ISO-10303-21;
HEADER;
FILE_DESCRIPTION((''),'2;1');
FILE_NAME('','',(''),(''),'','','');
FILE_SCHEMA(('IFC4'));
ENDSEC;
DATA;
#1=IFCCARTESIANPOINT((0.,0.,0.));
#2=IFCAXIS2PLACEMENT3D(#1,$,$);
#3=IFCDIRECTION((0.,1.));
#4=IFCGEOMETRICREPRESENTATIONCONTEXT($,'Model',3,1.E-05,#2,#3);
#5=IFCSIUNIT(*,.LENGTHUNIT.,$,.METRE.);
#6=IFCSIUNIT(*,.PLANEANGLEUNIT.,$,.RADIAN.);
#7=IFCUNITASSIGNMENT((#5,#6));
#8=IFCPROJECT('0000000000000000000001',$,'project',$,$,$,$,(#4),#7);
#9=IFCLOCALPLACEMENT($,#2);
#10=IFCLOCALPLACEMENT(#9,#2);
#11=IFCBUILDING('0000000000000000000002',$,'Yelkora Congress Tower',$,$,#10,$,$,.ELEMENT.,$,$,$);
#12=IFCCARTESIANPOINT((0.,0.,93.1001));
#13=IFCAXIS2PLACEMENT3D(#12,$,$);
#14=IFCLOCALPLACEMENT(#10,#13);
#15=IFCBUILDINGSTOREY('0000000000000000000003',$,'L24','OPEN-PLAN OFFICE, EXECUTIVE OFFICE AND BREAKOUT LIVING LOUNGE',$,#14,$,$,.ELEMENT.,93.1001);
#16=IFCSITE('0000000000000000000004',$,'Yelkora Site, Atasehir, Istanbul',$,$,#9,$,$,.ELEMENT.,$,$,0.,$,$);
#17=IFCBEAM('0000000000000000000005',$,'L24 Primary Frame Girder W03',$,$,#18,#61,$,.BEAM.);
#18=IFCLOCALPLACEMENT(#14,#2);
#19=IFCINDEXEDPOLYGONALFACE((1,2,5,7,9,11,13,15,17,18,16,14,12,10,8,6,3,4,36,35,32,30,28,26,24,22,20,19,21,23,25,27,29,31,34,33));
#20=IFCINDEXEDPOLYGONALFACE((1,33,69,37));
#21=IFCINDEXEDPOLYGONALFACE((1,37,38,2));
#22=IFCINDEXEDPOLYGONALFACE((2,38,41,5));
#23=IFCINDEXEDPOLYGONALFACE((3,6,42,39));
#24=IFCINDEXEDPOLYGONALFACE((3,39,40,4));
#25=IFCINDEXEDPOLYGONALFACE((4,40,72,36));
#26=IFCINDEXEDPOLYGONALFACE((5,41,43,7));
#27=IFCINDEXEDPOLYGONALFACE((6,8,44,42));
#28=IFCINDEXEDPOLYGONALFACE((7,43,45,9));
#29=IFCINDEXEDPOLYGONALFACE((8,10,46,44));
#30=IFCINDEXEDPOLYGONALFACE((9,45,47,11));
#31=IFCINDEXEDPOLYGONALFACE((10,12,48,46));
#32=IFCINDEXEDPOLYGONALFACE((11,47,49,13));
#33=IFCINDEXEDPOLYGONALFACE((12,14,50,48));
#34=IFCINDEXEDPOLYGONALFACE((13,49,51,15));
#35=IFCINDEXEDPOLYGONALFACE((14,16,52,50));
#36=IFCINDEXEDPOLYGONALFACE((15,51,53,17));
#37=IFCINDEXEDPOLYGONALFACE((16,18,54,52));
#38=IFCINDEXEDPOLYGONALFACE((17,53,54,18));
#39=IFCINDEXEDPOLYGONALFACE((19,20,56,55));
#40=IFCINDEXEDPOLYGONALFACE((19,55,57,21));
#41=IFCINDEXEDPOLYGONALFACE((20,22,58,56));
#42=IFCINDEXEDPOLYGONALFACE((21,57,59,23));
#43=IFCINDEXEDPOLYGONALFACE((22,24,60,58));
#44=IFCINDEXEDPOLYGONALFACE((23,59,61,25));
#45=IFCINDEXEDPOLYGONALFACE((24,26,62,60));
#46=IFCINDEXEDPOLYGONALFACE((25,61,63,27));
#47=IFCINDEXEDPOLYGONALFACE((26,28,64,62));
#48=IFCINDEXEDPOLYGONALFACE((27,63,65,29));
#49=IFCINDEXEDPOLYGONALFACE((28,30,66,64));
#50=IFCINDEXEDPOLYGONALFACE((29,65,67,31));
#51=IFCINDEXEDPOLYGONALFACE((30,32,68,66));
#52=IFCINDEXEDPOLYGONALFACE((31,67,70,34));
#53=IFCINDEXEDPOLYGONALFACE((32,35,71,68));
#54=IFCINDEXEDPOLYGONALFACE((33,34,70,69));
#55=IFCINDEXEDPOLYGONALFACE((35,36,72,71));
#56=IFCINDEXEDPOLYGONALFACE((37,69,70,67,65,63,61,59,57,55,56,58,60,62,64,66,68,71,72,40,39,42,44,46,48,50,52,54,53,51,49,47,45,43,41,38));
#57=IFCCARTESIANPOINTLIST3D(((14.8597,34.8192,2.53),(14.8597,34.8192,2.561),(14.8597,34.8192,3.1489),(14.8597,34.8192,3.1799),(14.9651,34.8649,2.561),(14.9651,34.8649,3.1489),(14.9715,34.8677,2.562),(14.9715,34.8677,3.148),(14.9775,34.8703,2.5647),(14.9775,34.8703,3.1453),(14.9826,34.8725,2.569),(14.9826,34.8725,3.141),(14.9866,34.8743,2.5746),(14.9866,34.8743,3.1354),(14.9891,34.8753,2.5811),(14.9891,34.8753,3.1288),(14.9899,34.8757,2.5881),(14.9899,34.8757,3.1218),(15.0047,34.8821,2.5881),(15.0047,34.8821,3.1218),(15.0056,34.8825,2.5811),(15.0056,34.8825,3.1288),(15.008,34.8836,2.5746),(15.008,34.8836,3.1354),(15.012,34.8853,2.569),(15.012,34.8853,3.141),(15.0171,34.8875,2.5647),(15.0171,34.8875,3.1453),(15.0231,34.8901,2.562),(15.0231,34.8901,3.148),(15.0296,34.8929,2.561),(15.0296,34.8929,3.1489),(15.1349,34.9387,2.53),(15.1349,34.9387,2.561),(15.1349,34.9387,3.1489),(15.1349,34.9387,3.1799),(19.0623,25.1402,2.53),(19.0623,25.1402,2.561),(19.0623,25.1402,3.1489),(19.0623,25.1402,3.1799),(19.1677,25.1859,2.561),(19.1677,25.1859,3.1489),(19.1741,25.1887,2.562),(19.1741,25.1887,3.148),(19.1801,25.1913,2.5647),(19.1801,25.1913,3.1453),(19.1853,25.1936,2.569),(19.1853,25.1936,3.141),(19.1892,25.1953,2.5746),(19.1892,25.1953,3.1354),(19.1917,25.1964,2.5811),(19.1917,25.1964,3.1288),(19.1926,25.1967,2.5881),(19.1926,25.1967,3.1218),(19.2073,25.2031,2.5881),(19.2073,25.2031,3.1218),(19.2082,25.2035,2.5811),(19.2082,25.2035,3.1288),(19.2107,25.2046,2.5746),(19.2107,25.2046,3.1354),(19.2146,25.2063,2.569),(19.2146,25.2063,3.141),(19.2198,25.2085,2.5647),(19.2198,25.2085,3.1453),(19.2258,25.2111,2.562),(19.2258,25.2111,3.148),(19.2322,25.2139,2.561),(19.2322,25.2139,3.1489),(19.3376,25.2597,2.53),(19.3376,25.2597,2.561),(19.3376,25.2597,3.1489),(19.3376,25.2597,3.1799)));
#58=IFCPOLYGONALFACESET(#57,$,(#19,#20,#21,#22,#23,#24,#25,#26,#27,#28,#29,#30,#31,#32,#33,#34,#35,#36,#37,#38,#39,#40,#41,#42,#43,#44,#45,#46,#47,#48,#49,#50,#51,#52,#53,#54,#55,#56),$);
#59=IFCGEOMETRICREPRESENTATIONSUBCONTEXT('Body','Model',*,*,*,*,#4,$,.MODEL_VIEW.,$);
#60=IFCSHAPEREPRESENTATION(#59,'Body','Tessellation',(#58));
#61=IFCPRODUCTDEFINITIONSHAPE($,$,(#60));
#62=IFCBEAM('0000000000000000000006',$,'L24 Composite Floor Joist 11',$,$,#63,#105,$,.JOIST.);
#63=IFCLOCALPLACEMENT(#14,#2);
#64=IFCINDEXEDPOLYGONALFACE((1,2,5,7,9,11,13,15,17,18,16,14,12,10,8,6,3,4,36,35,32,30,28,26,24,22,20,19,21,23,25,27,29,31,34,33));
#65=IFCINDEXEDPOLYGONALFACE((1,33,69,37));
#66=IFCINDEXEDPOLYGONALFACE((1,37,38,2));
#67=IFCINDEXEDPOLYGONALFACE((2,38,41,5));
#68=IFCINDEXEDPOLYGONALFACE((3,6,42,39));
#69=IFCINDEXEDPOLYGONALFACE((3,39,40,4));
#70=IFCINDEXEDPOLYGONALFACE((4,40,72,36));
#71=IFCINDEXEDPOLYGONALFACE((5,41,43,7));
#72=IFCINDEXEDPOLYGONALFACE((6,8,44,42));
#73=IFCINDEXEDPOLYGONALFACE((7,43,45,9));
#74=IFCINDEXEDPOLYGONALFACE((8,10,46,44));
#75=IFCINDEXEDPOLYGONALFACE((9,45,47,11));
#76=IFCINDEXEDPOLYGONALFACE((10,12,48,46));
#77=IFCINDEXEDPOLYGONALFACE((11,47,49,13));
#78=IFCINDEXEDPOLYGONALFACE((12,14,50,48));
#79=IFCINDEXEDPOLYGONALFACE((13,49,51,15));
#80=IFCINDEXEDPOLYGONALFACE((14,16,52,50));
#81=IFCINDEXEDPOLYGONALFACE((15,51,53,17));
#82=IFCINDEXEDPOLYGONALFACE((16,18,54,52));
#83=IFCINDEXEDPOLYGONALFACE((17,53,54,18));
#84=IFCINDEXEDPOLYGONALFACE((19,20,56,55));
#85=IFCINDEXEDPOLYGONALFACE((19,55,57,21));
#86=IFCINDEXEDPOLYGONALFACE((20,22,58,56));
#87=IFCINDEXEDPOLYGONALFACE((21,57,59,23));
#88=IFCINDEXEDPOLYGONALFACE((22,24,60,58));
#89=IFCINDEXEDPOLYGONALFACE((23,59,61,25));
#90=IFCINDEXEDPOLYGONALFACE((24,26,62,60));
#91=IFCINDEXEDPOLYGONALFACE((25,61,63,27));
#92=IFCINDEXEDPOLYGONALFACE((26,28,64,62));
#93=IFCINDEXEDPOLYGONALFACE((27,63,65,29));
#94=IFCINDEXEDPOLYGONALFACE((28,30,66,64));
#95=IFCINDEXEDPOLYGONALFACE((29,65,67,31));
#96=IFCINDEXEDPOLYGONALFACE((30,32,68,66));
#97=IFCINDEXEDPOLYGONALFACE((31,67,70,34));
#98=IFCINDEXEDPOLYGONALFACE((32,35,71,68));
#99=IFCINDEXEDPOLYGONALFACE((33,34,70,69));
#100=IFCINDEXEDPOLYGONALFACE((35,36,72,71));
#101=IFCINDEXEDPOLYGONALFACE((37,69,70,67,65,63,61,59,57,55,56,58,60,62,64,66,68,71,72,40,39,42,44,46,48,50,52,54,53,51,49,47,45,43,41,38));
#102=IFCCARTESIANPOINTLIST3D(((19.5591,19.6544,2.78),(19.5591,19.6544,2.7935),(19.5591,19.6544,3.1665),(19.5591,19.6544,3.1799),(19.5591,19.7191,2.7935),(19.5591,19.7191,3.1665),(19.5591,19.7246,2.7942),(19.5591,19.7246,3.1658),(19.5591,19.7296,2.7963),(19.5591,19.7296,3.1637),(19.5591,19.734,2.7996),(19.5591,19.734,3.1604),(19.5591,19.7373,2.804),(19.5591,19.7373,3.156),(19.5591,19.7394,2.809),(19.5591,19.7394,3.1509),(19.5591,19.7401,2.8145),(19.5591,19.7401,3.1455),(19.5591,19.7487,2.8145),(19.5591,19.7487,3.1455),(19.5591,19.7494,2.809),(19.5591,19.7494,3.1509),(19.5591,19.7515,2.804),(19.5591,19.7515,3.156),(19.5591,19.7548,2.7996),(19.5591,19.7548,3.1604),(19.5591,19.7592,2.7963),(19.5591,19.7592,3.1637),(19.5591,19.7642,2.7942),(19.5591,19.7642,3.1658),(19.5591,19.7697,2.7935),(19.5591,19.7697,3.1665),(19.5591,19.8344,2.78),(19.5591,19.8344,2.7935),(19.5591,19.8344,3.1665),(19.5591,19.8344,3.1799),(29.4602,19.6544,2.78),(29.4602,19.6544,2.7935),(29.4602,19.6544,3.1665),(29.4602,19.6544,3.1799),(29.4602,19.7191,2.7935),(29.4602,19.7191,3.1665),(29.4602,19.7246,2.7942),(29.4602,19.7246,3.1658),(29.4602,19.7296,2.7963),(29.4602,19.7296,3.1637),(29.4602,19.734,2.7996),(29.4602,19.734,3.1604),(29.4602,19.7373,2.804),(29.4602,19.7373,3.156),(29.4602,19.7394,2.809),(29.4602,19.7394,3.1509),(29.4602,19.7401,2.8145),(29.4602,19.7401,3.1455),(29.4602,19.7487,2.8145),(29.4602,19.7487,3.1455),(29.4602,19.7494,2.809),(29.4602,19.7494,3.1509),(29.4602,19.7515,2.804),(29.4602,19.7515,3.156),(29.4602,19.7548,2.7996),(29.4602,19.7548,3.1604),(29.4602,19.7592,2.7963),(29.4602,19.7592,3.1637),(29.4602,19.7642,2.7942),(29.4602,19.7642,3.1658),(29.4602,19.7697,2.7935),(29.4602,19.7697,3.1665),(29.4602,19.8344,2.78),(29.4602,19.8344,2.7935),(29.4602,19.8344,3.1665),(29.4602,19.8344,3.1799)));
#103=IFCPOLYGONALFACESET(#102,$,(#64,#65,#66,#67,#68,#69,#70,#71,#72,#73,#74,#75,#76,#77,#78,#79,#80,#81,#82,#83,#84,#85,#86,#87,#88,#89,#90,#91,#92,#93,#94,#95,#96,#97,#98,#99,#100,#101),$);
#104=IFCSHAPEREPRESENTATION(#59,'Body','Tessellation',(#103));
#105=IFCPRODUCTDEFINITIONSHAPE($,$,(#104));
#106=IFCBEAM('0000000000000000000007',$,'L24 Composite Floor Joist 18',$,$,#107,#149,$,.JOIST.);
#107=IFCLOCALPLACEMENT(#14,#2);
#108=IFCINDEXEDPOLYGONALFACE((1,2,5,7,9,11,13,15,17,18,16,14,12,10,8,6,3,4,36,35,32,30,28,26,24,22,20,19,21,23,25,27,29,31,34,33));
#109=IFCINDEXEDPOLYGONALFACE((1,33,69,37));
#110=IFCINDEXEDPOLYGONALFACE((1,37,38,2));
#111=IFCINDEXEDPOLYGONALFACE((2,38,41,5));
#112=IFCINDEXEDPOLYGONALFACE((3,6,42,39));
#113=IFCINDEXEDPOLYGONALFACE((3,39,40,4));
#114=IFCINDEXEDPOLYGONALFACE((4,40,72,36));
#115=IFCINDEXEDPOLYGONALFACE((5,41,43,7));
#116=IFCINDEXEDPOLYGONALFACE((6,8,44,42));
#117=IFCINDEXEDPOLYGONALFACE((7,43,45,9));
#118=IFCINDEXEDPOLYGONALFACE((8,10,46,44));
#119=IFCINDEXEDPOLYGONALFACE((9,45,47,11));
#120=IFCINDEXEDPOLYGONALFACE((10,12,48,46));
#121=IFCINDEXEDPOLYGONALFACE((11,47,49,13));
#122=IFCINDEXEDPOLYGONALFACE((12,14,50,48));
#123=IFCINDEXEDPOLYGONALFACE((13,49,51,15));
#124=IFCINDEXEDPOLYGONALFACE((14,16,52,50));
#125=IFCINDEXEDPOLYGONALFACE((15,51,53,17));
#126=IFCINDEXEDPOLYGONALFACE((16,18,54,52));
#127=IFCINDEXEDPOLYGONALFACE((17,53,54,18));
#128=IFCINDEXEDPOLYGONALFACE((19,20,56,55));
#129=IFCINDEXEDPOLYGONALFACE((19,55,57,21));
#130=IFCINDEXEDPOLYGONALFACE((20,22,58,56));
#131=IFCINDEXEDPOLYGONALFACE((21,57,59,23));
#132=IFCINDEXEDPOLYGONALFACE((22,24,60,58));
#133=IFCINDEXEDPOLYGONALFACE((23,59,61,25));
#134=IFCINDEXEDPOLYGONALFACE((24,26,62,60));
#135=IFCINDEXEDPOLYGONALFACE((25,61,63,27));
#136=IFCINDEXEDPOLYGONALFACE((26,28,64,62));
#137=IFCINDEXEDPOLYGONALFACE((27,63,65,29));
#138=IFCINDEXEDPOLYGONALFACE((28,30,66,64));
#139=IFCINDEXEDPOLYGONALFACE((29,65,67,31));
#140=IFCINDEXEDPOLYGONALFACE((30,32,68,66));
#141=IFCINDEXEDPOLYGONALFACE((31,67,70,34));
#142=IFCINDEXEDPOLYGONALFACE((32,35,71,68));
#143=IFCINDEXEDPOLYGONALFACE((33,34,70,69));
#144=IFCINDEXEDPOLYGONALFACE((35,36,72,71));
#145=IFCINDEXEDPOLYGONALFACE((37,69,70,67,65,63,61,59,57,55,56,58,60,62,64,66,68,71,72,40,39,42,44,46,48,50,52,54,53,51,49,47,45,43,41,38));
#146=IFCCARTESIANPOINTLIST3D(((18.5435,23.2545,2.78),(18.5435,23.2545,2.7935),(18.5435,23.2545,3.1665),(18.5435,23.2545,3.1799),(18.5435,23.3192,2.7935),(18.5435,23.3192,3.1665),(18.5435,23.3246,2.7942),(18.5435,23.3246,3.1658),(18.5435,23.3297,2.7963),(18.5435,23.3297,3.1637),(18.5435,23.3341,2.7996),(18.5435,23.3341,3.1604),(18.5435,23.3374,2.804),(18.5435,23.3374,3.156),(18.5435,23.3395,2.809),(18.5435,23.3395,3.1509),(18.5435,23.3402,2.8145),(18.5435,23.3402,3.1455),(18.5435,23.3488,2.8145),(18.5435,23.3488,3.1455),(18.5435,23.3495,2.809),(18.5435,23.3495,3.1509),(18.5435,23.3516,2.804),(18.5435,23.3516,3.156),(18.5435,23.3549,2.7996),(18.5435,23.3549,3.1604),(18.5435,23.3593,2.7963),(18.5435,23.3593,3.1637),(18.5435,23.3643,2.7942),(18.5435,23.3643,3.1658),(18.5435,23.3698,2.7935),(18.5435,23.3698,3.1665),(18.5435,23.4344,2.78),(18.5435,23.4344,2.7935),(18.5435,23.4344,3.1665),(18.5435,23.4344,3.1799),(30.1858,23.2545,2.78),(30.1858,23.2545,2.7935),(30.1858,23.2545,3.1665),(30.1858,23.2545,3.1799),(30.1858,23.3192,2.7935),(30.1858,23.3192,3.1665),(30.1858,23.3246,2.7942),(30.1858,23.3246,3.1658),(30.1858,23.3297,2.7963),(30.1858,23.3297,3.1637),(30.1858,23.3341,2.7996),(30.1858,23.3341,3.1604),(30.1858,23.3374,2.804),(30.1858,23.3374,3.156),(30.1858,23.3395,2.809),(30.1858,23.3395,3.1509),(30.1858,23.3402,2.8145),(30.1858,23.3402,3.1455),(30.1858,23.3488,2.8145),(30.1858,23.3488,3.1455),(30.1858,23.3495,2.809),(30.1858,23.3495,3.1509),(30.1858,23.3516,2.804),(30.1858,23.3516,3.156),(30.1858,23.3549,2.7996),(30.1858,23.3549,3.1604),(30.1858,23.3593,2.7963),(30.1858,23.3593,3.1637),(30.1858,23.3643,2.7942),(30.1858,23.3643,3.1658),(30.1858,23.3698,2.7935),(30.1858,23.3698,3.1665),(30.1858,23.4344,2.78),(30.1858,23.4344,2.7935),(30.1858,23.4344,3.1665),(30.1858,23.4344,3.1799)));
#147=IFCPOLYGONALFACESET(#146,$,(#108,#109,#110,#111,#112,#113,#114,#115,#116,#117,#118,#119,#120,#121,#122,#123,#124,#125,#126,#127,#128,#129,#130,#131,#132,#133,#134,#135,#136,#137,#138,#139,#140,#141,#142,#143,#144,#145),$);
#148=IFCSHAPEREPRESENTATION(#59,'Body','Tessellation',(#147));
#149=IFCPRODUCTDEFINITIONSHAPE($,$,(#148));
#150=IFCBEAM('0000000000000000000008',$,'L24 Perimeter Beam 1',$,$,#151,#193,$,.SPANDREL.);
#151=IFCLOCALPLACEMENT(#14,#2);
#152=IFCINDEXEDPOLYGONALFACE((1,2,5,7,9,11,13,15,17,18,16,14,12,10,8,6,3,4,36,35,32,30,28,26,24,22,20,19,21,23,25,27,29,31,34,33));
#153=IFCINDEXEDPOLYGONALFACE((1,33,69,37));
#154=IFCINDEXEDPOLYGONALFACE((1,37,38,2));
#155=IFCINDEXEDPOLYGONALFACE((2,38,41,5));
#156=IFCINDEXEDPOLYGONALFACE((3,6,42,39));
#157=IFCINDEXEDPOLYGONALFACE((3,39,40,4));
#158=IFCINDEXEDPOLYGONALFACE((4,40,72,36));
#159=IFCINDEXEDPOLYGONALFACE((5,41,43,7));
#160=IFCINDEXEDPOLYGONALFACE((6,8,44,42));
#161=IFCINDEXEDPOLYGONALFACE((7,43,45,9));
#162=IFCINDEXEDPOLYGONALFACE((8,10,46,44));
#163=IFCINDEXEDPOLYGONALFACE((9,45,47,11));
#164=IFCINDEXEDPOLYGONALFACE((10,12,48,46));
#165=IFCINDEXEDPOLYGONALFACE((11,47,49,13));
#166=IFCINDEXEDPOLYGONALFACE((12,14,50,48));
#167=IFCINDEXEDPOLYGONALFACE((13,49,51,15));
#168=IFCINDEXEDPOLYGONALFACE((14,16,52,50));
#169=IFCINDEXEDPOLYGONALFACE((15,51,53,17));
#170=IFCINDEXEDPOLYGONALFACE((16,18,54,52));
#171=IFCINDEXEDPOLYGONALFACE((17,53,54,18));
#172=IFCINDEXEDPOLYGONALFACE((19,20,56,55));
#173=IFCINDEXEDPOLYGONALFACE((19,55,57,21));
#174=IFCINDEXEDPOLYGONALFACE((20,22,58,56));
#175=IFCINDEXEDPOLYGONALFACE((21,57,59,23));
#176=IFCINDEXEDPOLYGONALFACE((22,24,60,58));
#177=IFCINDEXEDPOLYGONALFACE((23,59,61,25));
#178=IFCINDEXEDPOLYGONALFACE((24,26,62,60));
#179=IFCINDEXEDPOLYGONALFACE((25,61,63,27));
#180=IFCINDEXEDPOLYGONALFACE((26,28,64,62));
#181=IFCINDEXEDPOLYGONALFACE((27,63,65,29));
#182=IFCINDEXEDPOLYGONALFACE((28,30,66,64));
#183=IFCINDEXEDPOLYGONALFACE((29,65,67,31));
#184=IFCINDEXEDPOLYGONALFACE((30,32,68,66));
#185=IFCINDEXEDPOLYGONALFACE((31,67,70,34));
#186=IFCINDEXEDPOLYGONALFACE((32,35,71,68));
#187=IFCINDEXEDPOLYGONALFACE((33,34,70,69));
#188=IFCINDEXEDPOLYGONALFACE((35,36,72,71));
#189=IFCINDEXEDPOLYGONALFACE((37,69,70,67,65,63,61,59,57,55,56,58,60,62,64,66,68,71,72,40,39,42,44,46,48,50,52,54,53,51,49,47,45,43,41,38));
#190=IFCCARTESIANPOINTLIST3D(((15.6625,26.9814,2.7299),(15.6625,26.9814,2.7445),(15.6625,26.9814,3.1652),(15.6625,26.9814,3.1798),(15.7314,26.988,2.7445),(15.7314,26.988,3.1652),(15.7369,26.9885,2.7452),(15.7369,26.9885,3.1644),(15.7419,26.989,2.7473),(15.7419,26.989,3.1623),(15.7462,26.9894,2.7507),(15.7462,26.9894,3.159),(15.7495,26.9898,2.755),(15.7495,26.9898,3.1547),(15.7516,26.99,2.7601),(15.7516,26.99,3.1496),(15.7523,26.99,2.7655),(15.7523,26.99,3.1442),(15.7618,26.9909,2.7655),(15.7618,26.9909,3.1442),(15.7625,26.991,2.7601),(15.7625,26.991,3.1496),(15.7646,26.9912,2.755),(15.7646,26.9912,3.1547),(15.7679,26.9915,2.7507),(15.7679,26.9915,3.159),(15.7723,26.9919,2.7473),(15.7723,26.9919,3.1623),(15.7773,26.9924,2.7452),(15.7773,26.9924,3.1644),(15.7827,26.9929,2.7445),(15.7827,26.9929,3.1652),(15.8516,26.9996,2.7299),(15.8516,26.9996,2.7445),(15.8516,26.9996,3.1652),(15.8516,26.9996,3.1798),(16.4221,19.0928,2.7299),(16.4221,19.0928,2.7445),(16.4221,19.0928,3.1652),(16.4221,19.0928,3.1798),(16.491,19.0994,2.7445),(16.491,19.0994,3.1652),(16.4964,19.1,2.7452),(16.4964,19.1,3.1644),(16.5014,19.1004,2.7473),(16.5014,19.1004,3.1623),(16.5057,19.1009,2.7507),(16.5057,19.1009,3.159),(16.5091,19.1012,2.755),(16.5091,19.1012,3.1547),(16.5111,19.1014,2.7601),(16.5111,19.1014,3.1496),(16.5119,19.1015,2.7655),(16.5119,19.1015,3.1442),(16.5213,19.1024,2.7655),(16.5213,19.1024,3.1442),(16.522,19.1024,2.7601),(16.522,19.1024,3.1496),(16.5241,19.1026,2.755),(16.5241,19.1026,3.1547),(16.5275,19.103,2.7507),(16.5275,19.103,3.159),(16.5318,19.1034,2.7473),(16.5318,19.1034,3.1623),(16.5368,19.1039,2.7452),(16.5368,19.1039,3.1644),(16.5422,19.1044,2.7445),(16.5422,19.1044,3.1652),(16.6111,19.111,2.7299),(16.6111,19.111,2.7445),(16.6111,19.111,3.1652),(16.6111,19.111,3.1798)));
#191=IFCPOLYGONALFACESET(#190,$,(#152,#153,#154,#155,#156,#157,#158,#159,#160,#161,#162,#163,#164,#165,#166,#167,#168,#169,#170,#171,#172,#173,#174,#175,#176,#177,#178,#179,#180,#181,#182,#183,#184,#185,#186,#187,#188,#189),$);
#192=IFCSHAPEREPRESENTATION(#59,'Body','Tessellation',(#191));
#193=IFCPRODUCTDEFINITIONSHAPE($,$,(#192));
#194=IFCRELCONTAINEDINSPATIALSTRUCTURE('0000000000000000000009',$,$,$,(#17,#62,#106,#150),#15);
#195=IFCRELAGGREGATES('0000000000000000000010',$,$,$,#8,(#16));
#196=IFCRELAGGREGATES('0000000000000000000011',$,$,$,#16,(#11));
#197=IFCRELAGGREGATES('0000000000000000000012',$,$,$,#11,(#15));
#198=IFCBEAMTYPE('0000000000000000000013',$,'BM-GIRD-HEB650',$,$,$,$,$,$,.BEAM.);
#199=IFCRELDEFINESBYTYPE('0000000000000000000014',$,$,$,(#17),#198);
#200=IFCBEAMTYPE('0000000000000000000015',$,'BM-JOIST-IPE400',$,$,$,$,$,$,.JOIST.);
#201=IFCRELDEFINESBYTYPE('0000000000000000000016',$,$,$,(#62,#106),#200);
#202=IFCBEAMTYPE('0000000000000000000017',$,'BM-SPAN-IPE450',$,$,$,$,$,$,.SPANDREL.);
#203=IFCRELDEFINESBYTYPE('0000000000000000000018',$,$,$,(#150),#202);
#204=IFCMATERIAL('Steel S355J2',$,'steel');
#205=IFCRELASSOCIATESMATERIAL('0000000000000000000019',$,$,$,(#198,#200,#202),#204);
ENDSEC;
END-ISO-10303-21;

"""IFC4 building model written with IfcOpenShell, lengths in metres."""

from ifc_helpers import new_model, si_unit, direction, frame, origin, origin_2d, place, context, subcontext, project, spatial, i_section, extrude, material, material_profile, profile_set, type_object, element, save


model = new_model("IFC4")

# Units and contexts
model_context = context("Model", 3, precision=1e-05, world=origin(), true_north=direction((0.0, 1.0)))
body_context = subcontext(model_context, "Body", "Model", "MODEL_VIEW")
ifc_project = project(units=[si_unit("LENGTHUNIT", "METRE"), si_unit("PLANEANGLEUNIT", "RADIAN")], contexts=[model_context])

# Site, building, storey
site_placement = place(None, origin())
site = spatial("IfcSite", under=ifc_project, at=site_placement, Name="Yelkora Site, Atasehir, Istanbul", CompositionType="ELEMENT", RefElevation=0.0)
building_placement = place(site_placement, origin())
building = spatial("IfcBuilding", under=site, at=building_placement, Name="Yelkora Congress Tower", CompositionType="ELEMENT")
storey_placement = place(building_placement, frame((0.0, 0.0, 93.1001)))
storey = spatial("IfcBuildingStorey", under=building, at=storey_placement, Name="L24", Description="OPEN-PLAN OFFICE, EXECUTIVE OFFICE AND BREAKOUT LIVING LOUNGE", CompositionType="ELEMENT", Elevation=93.1001)

# Beams
ifc_material_1 = material(Name="Steel S355J2", Category="steel")
ifc_material_profile_1 = material_profile(ifc_material_1, i_section(OverallWidth=0.3, OverallDepth=0.6499, WebThickness=0.0161, FlangeThickness=0.031, FilletRadius=0.0271, at=origin_2d()), Name="HEB 650")
ifc_profile_set_1 = profile_set([ifc_material_profile_1], Name="Steel S355J2")
beam_type_1 = type_object("IfcBeamType", Name="BM-GIRD-HEB650", PredefinedType="BEAM", material=ifc_profile_set_1)
beam_1_placement = place(storey_placement, frame((14.9973, 34.8789, 2.855), z_axis=(0.398279, -0.917264, 0.0), x_axis=(0.917264, 0.398279, 0.0)))
element("IfcBeam", 1, at=beam_1_placement, inside=storey, type_object=beam_type_1, Name="L24 Primary Frame Girder W03", PredefinedType="BEAM", context=body_context, shape_type="SweptSolid", body=[
    extrude(i_section(OverallWidth=0.3, OverallDepth=0.6499, WebThickness=0.0161, FlangeThickness=0.031, FilletRadius=0.0271, at=origin_2d()), origin(), (0.0, 0.0, 1.0), 10.552),
])
ifc_material_profile_2 = material_profile(ifc_material_1, i_section(OverallWidth=0.1799, OverallDepth=0.3999, WebThickness=0.0085, FlangeThickness=0.0134, FilletRadius=0.021, at=origin_2d()), Name="IPE 400")
ifc_profile_set_2 = profile_set([ifc_material_profile_2], Name="Steel S355J2")
beam_type_2 = type_object("IfcBeamType", Name="BM-JOIST-IPE400", PredefinedType="JOIST", material=ifc_profile_set_2)
beam_2_placement = place(storey_placement, frame((19.5591, 19.7444, 2.98), z_axis=(1.0, 0.0, 0.0), x_axis=(0.0, 1.0, 0.0)))
element("IfcBeam", 2, at=beam_2_placement, inside=storey, type_object=beam_type_2, Name="L24 Composite Floor Joist 11", PredefinedType="JOIST", context=body_context, shape_type="SweptSolid", body=[
    extrude(i_section(OverallWidth=0.1799, OverallDepth=0.3999, WebThickness=0.0085, FlangeThickness=0.0134, FilletRadius=0.021, at=origin_2d()), origin(), (0.0, 0.0, 1.0), 9.9011),
])
beam_3_placement = place(storey_placement, frame((18.5435, 23.3445, 2.98), z_axis=(1.0, 0.0, 0.0), x_axis=(0.0, 1.0, 0.0)))
element("IfcBeam", 3, at=beam_3_placement, inside=storey, type_object=beam_type_2, Name="L24 Composite Floor Joist 18", PredefinedType="JOIST", context=body_context, shape_type="SweptSolid", body=[
    extrude(i_section(OverallWidth=0.1799, OverallDepth=0.3999, WebThickness=0.0085, FlangeThickness=0.0134, FilletRadius=0.021, at=origin_2d()), origin(), (0.0, 0.0, 1.0), 11.6423),
])
ifc_material_profile_3 = material_profile(ifc_material_1, i_section(OverallWidth=0.1899, OverallDepth=0.45, WebThickness=0.0095, FlangeThickness=0.0146, FilletRadius=0.021, at=origin_2d()), Name="IPE 450")
ifc_profile_set_3 = profile_set([ifc_material_profile_3], Name="Steel S355J2")
beam_type_3 = type_object("IfcBeamType", Name="BM-SPAN-IPE450", PredefinedType="SPANDREL", material=ifc_profile_set_3)
beam_4_placement = place(storey_placement, frame((15.7571, 26.9905, 2.9548), z_axis=(0.095837, -0.995397, 0.0), x_axis=(0.995397, 0.095837, 0.0)))
element("IfcBeam", 4, at=beam_4_placement, inside=storey, type_object=beam_type_3, Name="L24 Perimeter Beam 1", PredefinedType="SPANDREL", context=body_context, shape_type="SweptSolid", body=[
    extrude(i_section(OverallWidth=0.1899, OverallDepth=0.45, WebThickness=0.0095, FlangeThickness=0.0146, FilletRadius=0.021, at=origin_2d()), origin(), (0.0, 0.0, 1.0), 7.925),
])

save(model, "model.ifc")
